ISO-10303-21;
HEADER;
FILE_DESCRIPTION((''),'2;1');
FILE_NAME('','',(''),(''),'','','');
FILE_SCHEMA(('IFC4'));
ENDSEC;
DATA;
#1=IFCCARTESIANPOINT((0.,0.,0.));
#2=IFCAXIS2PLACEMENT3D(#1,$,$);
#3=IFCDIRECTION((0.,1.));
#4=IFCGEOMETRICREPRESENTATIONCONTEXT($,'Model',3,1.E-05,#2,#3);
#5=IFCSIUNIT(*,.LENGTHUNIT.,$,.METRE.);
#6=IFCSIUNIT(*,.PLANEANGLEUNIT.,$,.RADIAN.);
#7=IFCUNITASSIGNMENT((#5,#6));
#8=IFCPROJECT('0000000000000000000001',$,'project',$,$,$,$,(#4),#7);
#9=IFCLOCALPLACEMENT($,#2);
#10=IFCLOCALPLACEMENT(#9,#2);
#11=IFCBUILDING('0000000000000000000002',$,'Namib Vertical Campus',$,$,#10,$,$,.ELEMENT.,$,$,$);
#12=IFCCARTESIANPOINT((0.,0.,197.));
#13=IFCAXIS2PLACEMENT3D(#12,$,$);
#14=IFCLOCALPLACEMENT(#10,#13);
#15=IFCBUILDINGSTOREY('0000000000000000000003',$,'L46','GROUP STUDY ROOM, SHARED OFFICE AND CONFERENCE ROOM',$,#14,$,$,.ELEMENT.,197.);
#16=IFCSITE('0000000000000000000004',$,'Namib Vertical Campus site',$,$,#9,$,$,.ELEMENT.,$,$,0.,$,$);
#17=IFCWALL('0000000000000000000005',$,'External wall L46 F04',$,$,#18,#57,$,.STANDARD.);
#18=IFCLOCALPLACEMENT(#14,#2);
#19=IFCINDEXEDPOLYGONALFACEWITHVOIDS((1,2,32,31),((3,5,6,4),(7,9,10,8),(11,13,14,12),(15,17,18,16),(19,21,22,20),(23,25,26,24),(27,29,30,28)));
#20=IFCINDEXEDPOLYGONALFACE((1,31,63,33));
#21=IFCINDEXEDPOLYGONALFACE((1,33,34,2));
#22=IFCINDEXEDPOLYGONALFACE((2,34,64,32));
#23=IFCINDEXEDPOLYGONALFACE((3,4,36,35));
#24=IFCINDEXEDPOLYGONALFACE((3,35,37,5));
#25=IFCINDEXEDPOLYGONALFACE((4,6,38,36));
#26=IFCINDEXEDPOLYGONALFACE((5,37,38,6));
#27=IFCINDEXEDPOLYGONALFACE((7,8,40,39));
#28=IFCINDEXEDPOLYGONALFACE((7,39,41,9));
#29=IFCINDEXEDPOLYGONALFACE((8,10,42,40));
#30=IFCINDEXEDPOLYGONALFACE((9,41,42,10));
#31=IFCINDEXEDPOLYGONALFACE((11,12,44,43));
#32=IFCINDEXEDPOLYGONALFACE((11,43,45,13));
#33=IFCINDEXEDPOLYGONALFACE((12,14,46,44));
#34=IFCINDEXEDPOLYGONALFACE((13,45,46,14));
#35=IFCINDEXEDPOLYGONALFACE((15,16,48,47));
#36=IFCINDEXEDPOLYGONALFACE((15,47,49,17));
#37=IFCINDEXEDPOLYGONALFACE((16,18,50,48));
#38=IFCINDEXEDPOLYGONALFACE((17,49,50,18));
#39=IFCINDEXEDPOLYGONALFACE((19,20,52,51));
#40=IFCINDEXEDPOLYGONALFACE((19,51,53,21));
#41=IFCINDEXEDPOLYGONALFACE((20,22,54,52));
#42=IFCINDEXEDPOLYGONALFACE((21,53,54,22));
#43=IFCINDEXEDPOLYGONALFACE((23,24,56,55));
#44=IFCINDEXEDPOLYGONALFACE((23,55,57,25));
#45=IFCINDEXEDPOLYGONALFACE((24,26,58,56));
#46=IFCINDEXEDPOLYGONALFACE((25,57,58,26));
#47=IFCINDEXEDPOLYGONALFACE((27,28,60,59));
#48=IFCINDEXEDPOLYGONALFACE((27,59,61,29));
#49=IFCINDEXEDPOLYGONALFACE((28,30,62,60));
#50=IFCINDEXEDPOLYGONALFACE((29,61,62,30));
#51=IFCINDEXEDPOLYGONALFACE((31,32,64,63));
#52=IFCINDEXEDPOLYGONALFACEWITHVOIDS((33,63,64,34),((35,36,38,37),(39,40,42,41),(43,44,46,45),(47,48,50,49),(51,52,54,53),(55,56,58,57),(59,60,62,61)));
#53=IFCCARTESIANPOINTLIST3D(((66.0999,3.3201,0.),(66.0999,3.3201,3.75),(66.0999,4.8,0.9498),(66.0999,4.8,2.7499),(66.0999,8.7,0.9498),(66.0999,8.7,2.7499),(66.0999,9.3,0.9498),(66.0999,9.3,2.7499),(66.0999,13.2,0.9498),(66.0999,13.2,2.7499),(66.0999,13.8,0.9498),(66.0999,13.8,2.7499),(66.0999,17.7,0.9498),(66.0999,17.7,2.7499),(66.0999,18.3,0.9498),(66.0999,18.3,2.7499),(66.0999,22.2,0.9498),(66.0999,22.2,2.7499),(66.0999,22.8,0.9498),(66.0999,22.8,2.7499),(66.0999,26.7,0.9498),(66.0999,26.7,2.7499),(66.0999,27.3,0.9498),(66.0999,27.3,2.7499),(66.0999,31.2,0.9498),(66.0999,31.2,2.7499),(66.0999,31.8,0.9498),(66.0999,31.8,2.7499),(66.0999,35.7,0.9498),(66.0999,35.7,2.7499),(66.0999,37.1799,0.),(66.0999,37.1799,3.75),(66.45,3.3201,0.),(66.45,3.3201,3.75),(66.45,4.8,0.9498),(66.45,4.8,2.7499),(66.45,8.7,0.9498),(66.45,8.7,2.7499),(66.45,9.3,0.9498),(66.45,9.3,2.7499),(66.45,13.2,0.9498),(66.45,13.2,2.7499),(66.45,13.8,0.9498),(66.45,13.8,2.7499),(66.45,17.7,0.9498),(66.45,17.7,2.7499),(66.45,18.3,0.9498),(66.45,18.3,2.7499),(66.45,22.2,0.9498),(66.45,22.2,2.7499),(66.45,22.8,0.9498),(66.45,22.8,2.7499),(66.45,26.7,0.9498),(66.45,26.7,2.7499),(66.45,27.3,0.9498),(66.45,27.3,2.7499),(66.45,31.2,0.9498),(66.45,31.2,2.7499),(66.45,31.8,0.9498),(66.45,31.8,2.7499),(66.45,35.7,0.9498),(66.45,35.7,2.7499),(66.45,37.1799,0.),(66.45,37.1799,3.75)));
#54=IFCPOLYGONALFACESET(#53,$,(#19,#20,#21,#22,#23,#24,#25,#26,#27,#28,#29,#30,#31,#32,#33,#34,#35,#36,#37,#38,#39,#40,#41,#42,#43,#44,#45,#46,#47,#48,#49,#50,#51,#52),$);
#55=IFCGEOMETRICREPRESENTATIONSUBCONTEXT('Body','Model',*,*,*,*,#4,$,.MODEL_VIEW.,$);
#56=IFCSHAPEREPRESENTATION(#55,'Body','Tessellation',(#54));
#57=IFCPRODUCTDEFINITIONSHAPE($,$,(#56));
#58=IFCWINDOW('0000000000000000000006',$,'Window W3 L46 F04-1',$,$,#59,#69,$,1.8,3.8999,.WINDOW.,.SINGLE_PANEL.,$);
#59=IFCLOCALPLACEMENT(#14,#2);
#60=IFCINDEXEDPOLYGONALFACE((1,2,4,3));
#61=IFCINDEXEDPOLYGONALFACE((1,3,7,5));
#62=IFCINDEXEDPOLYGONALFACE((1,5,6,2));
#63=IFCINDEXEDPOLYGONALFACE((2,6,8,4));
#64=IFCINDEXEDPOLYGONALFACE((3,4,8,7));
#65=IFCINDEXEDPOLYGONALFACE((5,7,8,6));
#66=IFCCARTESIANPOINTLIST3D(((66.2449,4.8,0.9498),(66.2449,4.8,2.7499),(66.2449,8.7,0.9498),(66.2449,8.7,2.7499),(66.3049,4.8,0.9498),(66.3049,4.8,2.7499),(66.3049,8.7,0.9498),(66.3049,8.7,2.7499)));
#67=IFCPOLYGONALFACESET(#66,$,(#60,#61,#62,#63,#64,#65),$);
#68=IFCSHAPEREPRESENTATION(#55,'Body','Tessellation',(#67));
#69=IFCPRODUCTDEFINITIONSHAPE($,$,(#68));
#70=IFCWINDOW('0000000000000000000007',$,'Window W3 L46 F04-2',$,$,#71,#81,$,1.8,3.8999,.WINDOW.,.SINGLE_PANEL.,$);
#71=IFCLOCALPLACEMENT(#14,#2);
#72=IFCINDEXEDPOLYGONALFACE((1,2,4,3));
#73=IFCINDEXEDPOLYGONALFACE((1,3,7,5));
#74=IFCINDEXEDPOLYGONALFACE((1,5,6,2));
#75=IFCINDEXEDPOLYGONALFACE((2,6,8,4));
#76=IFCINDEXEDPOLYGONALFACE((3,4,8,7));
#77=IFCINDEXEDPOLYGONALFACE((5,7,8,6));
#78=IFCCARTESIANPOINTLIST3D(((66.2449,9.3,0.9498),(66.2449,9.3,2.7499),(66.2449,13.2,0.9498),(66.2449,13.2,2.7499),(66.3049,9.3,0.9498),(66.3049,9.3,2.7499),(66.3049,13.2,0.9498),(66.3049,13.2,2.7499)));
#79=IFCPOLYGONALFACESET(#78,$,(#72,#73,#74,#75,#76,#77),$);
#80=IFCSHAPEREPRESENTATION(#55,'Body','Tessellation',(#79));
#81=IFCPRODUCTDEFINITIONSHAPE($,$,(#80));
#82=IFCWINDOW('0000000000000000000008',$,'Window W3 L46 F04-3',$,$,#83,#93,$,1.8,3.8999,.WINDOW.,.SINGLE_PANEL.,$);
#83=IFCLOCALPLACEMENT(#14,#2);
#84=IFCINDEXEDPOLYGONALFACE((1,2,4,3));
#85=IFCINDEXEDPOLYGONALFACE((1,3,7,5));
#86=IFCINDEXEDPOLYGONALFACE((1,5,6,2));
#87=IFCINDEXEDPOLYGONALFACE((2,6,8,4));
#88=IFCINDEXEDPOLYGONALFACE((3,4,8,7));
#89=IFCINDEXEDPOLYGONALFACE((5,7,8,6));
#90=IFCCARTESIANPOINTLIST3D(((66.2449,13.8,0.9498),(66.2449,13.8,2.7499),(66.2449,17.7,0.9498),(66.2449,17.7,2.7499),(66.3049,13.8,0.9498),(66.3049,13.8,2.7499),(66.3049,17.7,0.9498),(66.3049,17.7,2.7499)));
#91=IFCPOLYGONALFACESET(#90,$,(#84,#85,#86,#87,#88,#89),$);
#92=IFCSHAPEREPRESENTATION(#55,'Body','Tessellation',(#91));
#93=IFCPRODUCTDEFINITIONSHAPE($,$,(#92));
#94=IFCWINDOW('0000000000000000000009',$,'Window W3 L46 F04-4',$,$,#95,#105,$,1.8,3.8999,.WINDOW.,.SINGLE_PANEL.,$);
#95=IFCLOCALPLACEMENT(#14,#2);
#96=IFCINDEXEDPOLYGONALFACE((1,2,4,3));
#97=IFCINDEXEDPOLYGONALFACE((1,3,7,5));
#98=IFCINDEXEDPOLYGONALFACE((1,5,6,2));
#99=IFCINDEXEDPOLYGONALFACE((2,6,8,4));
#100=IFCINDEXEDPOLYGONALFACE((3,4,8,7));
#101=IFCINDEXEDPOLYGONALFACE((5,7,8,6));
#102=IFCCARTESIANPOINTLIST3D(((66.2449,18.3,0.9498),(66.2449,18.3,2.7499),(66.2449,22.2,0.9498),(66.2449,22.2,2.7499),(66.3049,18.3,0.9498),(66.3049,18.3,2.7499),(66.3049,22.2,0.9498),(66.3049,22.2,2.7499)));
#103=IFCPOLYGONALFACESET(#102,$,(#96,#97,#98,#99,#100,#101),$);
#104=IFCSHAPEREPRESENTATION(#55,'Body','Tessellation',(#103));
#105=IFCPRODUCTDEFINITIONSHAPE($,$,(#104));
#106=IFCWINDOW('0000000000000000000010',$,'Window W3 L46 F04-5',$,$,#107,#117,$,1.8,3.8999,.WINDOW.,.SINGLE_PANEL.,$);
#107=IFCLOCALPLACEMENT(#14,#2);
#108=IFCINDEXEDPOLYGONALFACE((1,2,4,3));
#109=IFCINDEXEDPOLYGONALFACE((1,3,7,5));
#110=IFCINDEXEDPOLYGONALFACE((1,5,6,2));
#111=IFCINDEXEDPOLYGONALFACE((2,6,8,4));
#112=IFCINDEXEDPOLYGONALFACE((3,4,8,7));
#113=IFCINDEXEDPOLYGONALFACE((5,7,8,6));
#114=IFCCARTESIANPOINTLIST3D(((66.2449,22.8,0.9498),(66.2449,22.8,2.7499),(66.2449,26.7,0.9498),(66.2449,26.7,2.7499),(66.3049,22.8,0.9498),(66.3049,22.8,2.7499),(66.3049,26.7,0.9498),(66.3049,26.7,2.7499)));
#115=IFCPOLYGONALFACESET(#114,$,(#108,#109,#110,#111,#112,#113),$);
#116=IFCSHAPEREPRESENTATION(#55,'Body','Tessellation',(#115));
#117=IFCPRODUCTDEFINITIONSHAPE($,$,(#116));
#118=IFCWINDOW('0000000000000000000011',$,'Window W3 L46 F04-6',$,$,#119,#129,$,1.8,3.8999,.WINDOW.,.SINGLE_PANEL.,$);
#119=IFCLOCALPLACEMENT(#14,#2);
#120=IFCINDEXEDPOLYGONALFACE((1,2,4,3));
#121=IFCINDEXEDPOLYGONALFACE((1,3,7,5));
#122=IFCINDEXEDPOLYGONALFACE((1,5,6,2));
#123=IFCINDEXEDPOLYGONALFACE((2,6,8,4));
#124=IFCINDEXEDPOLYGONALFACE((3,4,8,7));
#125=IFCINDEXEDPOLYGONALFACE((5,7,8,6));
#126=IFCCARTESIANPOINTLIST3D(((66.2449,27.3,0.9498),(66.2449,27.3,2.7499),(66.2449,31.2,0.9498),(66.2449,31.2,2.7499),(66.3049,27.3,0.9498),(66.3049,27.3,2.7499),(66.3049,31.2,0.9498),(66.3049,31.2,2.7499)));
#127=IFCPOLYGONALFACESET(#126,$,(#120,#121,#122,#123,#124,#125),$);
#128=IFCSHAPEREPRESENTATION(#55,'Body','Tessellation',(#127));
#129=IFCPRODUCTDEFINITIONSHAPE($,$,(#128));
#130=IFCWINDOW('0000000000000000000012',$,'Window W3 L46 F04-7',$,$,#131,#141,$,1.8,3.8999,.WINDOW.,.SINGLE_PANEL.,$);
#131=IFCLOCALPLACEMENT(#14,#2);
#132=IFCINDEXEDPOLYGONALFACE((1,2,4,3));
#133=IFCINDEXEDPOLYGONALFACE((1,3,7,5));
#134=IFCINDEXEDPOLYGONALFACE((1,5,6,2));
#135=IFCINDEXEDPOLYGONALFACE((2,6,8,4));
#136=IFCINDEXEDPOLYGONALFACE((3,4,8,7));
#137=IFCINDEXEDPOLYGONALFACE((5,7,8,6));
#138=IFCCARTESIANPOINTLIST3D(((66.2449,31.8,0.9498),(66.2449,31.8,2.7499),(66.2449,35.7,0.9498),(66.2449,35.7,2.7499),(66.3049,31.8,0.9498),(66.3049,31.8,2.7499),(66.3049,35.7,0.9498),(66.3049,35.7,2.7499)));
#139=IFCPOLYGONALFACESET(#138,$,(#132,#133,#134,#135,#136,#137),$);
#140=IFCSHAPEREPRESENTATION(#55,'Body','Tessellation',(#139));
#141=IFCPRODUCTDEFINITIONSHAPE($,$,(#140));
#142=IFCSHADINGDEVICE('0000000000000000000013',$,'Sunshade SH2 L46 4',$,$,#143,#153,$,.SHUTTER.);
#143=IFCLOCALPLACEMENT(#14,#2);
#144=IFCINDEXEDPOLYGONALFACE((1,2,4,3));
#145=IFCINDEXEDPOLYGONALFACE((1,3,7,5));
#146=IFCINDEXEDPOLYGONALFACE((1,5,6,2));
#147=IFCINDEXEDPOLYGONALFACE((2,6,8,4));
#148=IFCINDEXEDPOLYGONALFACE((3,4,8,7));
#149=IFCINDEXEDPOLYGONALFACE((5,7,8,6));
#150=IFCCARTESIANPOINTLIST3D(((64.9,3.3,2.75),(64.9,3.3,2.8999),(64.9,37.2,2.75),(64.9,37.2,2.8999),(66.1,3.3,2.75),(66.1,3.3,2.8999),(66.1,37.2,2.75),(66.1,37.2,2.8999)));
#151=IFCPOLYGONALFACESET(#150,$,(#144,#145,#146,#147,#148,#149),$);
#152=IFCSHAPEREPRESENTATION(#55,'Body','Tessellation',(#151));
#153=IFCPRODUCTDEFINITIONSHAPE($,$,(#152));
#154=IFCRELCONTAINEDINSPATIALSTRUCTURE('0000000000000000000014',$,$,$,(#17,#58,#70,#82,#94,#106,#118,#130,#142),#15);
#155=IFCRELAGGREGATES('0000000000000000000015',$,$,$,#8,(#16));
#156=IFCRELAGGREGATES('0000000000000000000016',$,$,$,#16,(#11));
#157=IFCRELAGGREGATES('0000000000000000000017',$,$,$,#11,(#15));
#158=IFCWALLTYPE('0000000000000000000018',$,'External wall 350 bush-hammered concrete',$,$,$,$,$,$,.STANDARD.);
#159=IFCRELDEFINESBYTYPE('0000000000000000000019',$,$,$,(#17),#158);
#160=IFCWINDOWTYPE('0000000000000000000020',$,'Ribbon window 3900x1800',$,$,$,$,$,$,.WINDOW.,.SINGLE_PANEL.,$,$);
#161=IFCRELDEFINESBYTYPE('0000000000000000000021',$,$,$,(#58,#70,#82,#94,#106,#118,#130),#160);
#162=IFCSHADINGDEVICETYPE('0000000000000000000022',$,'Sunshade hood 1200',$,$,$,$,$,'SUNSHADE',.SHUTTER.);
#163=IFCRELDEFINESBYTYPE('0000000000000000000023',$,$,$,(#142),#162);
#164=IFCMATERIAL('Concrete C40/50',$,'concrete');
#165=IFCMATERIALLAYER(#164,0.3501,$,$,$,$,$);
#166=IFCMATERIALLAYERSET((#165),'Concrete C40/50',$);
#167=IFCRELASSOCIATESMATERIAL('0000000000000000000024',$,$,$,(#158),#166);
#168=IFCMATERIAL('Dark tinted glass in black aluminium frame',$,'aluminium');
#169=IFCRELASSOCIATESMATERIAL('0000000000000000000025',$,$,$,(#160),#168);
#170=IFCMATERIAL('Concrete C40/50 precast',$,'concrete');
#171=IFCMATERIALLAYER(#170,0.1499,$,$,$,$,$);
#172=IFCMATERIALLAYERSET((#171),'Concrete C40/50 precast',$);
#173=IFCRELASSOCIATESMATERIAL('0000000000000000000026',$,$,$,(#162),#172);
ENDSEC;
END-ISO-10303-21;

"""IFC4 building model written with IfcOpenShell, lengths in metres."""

from ifc_helpers import new_model, si_unit, direction, frame, frame_2d, origin, origin_2d, place, context, subcontext, project, spatial, rectangle, extrude, material, layer, layer_set, type_object, element, fill, save


model = new_model("IFC4")

# Units and contexts
model_context = context("Model", 3, precision=1e-05, world=origin(), true_north=direction((0.0, 1.0)))
body_context = subcontext(model_context, "Body", "Model", "MODEL_VIEW")
ifc_project = project(units=[si_unit("LENGTHUNIT", "METRE"), si_unit("PLANEANGLEUNIT", "RADIAN")], contexts=[model_context])

# Site, building, storey
site_placement = place(None, origin())
site = spatial("IfcSite", under=ifc_project, at=site_placement, Name="Namib Vertical Campus site", CompositionType="ELEMENT", RefElevation=0.0)
building_placement = place(site_placement, origin())
building = spatial("IfcBuilding", under=site, at=building_placement, Name="Namib Vertical Campus", CompositionType="ELEMENT")
storey_placement = place(building_placement, frame((0.0, 0.0, 197.0)))
storey = spatial("IfcBuildingStorey", under=building, at=storey_placement, Name="L46", Description="GROUP STUDY ROOM, SHARED OFFICE AND CONFERENCE ROOM", CompositionType="ELEMENT", Elevation=197.0)

# Shared definitions
ifc_material_1 = material(Name="Concrete C40/50", Category="concrete")
ifc_layer_1 = layer(ifc_material_1, 0.3501)
ifc_layer_set_1 = layer_set([ifc_layer_1], Name="Concrete C40/50")
wall_type_1 = type_object("IfcWallType", Name="External wall 350 bush-hammered concrete", PredefinedType="STANDARD", material=ifc_layer_set_1)

# Wall, openings, windows
wall_1_placement = place(storey_placement, frame((66.2749, 37.1799, 0.0), z_axis=(0.0, 0.0, 1.0), x_axis=(0.0, -1.0, 0.0)))
wall_1 = element("IfcWall", 1, at=wall_1_placement, inside=storey, type_object=wall_type_1, Name="External wall L46 F04", PredefinedType="STANDARD", context=body_context, shape_type="SweptSolid", body=[
    extrude(rectangle(XDim=33.8599, YDim=0.3501, at=frame_2d((16.9299, 0.0))), origin(), (0.0, 0.0, 1.0), 3.75),
])
opening_1_placement = place(wall_1_placement, frame((28.48, 0.0, 0.95)))
opening_1 = element("IfcOpeningElement", 2, at=opening_1_placement, cuts=wall_1, PredefinedType="OPENING", context=body_context, shape_type="SweptSolid", body=[
    extrude(rectangle(XDim=3.8999, YDim=1.8, at=frame_2d((1.95, 0.8999))), frame((0.0, 0.1851, 0.0), z_axis=(0.0, -1.0, 0.0), x_axis=(1.0, 0.0, 0.0)), (0.0, 0.0, 1.0), 0.3701),
])
opening_2_placement = place(wall_1_placement, frame((23.98, 0.0, 0.95)))
opening_2 = element("IfcOpeningElement", 3, at=opening_2_placement, cuts=wall_1, PredefinedType="OPENING", context=body_context, shape_type="SweptSolid", body=[
    extrude(rectangle(XDim=3.8999, YDim=1.8, at=frame_2d((1.95, 0.8999))), frame((0.0, 0.1851, 0.0), z_axis=(0.0, -1.0, 0.0), x_axis=(1.0, 0.0, 0.0)), (0.0, 0.0, 1.0), 0.3701),
])
opening_3_placement = place(wall_1_placement, frame((19.48, 0.0, 0.95)))
opening_3 = element("IfcOpeningElement", 4, at=opening_3_placement, cuts=wall_1, PredefinedType="OPENING", context=body_context, shape_type="SweptSolid", body=[
    extrude(rectangle(XDim=3.8999, YDim=1.8, at=frame_2d((1.95, 0.8999))), frame((0.0, 0.1851, 0.0), z_axis=(0.0, -1.0, 0.0), x_axis=(1.0, 0.0, 0.0)), (0.0, 0.0, 1.0), 0.3701),
])
opening_4_placement = place(wall_1_placement, frame((14.98, 0.0, 0.95)))
opening_4 = element("IfcOpeningElement", 5, at=opening_4_placement, cuts=wall_1, PredefinedType="OPENING", context=body_context, shape_type="SweptSolid", body=[
    extrude(rectangle(XDim=3.8999, YDim=1.8, at=frame_2d((1.95, 0.8999))), frame((0.0, 0.1851, 0.0), z_axis=(0.0, -1.0, 0.0), x_axis=(1.0, 0.0, 0.0)), (0.0, 0.0, 1.0), 0.3701),
])
opening_5_placement = place(wall_1_placement, frame((10.48, 0.0, 0.95)))
opening_5 = element("IfcOpeningElement", 6, at=opening_5_placement, cuts=wall_1, PredefinedType="OPENING", context=body_context, shape_type="SweptSolid", body=[
    extrude(rectangle(XDim=3.8999, YDim=1.8, at=frame_2d((1.95, 0.8999))), frame((0.0, 0.1851, 0.0), z_axis=(0.0, -1.0, 0.0), x_axis=(1.0, 0.0, 0.0)), (0.0, 0.0, 1.0), 0.3701),
])
opening_6_placement = place(wall_1_placement, frame((5.98, 0.0, 0.95)))
opening_6 = element("IfcOpeningElement", 7, at=opening_6_placement, cuts=wall_1, PredefinedType="OPENING", context=body_context, shape_type="SweptSolid", body=[
    extrude(rectangle(XDim=3.8999, YDim=1.8, at=frame_2d((1.95, 0.8999))), frame((0.0, 0.1851, 0.0), z_axis=(0.0, -1.0, 0.0), x_axis=(1.0, 0.0, 0.0)), (0.0, 0.0, 1.0), 0.3701),
])
opening_7_placement = place(wall_1_placement, frame((1.48, 0.0, 0.95)))
opening_7 = element("IfcOpeningElement", 8, at=opening_7_placement, cuts=wall_1, PredefinedType="OPENING", context=body_context, shape_type="SweptSolid", body=[
    extrude(rectangle(XDim=3.8999, YDim=1.8, at=frame_2d((1.95, 0.8999))), frame((0.0, 0.1851, 0.0), z_axis=(0.0, -1.0, 0.0), x_axis=(1.0, 0.0, 0.0)), (0.0, 0.0, 1.0), 0.3701),
])
ifc_material_2 = material(Name="Dark tinted glass in black aluminium frame", Category="aluminium")
window_type = type_object("IfcWindowType", Name="Ribbon window 3900x1800", PartitioningType="SINGLE_PANEL", PredefinedType="WINDOW", material=ifc_material_2)
window_1_placement = place(opening_1_placement, origin())
window_1 = element("IfcWindow", 9, at=window_1_placement, inside=storey, type_object=window_type, Name="Window W3 L46 F04-1", OverallHeight=1.8, OverallWidth=3.8999, PartitioningType="SINGLE_PANEL", PredefinedType="WINDOW", context=body_context, shape_type="SweptSolid", body=[
    extrude(rectangle(XDim=3.8999, YDim=1.8, at=frame_2d((1.95, 0.8999))), frame((0.0, 0.03, 0.0), z_axis=(0.0, -1.0, 0.0), x_axis=(1.0, 0.0, 0.0)), (0.0, 0.0, 1.0), 0.0601),
])
fill(opening_1, window_1)
window_2_placement = place(opening_2_placement, origin())
window_2 = element("IfcWindow", 10, at=window_2_placement, inside=storey, type_object=window_type, Name="Window W3 L46 F04-2", OverallHeight=1.8, OverallWidth=3.8999, PartitioningType="SINGLE_PANEL", PredefinedType="WINDOW", context=body_context, shape_type="SweptSolid", body=[
    extrude(rectangle(XDim=3.8999, YDim=1.8, at=frame_2d((1.95, 0.8999))), frame((0.0, 0.03, 0.0), z_axis=(0.0, -1.0, 0.0), x_axis=(1.0, 0.0, 0.0)), (0.0, 0.0, 1.0), 0.0601),
])
fill(opening_2, window_2)
window_3_placement = place(opening_3_placement, origin())
window_3 = element("IfcWindow", 11, at=window_3_placement, inside=storey, type_object=window_type, Name="Window W3 L46 F04-3", OverallHeight=1.8, OverallWidth=3.8999, PartitioningType="SINGLE_PANEL", PredefinedType="WINDOW", context=body_context, shape_type="SweptSolid", body=[
    extrude(rectangle(XDim=3.8999, YDim=1.8, at=frame_2d((1.95, 0.8999))), frame((0.0, 0.03, 0.0), z_axis=(0.0, -1.0, 0.0), x_axis=(1.0, 0.0, 0.0)), (0.0, 0.0, 1.0), 0.0601),
])
fill(opening_3, window_3)
window_4_placement = place(opening_4_placement, origin())
window_4 = element("IfcWindow", 12, at=window_4_placement, inside=storey, type_object=window_type, Name="Window W3 L46 F04-4", OverallHeight=1.8, OverallWidth=3.8999, PartitioningType="SINGLE_PANEL", PredefinedType="WINDOW", context=body_context, shape_type="SweptSolid", body=[
    extrude(rectangle(XDim=3.8999, YDim=1.8, at=frame_2d((1.95, 0.8999))), frame((0.0, 0.03, 0.0), z_axis=(0.0, -1.0, 0.0), x_axis=(1.0, 0.0, 0.0)), (0.0, 0.0, 1.0), 0.0601),
])
fill(opening_4, window_4)
window_5_placement = place(opening_5_placement, origin())
window_5 = element("IfcWindow", 13, at=window_5_placement, inside=storey, type_object=window_type, Name="Window W3 L46 F04-5", OverallHeight=1.8, OverallWidth=3.8999, PartitioningType="SINGLE_PANEL", PredefinedType="WINDOW", context=body_context, shape_type="SweptSolid", body=[
    extrude(rectangle(XDim=3.8999, YDim=1.8, at=frame_2d((1.95, 0.8999))), frame((0.0, 0.03, 0.0), z_axis=(0.0, -1.0, 0.0), x_axis=(1.0, 0.0, 0.0)), (0.0, 0.0, 1.0), 0.0601),
])
fill(opening_5, window_5)
window_6_placement = place(opening_6_placement, origin())
window_6 = element("IfcWindow", 14, at=window_6_placement, inside=storey, type_object=window_type, Name="Window W3 L46 F04-6", OverallHeight=1.8, OverallWidth=3.8999, PartitioningType="SINGLE_PANEL", PredefinedType="WINDOW", context=body_context, shape_type="SweptSolid", body=[
    extrude(rectangle(XDim=3.8999, YDim=1.8, at=frame_2d((1.95, 0.8999))), frame((0.0, 0.03, 0.0), z_axis=(0.0, -1.0, 0.0), x_axis=(1.0, 0.0, 0.0)), (0.0, 0.0, 1.0), 0.0601),
])
fill(opening_6, window_6)
window_7_placement = place(opening_7_placement, origin())
window_7 = element("IfcWindow", 15, at=window_7_placement, inside=storey, type_object=window_type, Name="Window W3 L46 F04-7", OverallHeight=1.8, OverallWidth=3.8999, PartitioningType="SINGLE_PANEL", PredefinedType="WINDOW", context=body_context, shape_type="SweptSolid", body=[
    extrude(rectangle(XDim=3.8999, YDim=1.8, at=frame_2d((1.95, 0.8999))), frame((0.0, 0.03, 0.0), z_axis=(0.0, -1.0, 0.0), x_axis=(1.0, 0.0, 0.0)), (0.0, 0.0, 1.0), 0.0601),
])
fill(opening_7, window_7)

# Shading device
ifc_material_3 = material(Name="Concrete C40/50 precast", Category="concrete")
ifc_layer_2 = layer(ifc_material_3, 0.1499)
ifc_layer_set_2 = layer_set([ifc_layer_2], Name="Concrete C40/50 precast")
shading_device_type = type_object("IfcShadingDeviceType", Name="Sunshade hood 1200", ElementType="SUNSHADE", PredefinedType="SHUTTER", material=ifc_layer_set_2)
shading_device_placement = place(storey_placement, frame((65.5, 20.25, 2.75), z_axis=(0.0, 0.0, 1.0), x_axis=(0.0, -1.0, 0.0)))
element("IfcShadingDevice", 16, at=shading_device_placement, inside=storey, type_object=shading_device_type, Name="Sunshade SH2 L46 4", PredefinedType="SHUTTER", context=body_context, shape_type="SweptSolid", body=[
    extrude(rectangle(XDim=33.8999, YDim=1.2, at=origin_2d()), origin(), (0.0, 0.0, 1.0), 0.1499),
])

save(model, "model.ifc")
